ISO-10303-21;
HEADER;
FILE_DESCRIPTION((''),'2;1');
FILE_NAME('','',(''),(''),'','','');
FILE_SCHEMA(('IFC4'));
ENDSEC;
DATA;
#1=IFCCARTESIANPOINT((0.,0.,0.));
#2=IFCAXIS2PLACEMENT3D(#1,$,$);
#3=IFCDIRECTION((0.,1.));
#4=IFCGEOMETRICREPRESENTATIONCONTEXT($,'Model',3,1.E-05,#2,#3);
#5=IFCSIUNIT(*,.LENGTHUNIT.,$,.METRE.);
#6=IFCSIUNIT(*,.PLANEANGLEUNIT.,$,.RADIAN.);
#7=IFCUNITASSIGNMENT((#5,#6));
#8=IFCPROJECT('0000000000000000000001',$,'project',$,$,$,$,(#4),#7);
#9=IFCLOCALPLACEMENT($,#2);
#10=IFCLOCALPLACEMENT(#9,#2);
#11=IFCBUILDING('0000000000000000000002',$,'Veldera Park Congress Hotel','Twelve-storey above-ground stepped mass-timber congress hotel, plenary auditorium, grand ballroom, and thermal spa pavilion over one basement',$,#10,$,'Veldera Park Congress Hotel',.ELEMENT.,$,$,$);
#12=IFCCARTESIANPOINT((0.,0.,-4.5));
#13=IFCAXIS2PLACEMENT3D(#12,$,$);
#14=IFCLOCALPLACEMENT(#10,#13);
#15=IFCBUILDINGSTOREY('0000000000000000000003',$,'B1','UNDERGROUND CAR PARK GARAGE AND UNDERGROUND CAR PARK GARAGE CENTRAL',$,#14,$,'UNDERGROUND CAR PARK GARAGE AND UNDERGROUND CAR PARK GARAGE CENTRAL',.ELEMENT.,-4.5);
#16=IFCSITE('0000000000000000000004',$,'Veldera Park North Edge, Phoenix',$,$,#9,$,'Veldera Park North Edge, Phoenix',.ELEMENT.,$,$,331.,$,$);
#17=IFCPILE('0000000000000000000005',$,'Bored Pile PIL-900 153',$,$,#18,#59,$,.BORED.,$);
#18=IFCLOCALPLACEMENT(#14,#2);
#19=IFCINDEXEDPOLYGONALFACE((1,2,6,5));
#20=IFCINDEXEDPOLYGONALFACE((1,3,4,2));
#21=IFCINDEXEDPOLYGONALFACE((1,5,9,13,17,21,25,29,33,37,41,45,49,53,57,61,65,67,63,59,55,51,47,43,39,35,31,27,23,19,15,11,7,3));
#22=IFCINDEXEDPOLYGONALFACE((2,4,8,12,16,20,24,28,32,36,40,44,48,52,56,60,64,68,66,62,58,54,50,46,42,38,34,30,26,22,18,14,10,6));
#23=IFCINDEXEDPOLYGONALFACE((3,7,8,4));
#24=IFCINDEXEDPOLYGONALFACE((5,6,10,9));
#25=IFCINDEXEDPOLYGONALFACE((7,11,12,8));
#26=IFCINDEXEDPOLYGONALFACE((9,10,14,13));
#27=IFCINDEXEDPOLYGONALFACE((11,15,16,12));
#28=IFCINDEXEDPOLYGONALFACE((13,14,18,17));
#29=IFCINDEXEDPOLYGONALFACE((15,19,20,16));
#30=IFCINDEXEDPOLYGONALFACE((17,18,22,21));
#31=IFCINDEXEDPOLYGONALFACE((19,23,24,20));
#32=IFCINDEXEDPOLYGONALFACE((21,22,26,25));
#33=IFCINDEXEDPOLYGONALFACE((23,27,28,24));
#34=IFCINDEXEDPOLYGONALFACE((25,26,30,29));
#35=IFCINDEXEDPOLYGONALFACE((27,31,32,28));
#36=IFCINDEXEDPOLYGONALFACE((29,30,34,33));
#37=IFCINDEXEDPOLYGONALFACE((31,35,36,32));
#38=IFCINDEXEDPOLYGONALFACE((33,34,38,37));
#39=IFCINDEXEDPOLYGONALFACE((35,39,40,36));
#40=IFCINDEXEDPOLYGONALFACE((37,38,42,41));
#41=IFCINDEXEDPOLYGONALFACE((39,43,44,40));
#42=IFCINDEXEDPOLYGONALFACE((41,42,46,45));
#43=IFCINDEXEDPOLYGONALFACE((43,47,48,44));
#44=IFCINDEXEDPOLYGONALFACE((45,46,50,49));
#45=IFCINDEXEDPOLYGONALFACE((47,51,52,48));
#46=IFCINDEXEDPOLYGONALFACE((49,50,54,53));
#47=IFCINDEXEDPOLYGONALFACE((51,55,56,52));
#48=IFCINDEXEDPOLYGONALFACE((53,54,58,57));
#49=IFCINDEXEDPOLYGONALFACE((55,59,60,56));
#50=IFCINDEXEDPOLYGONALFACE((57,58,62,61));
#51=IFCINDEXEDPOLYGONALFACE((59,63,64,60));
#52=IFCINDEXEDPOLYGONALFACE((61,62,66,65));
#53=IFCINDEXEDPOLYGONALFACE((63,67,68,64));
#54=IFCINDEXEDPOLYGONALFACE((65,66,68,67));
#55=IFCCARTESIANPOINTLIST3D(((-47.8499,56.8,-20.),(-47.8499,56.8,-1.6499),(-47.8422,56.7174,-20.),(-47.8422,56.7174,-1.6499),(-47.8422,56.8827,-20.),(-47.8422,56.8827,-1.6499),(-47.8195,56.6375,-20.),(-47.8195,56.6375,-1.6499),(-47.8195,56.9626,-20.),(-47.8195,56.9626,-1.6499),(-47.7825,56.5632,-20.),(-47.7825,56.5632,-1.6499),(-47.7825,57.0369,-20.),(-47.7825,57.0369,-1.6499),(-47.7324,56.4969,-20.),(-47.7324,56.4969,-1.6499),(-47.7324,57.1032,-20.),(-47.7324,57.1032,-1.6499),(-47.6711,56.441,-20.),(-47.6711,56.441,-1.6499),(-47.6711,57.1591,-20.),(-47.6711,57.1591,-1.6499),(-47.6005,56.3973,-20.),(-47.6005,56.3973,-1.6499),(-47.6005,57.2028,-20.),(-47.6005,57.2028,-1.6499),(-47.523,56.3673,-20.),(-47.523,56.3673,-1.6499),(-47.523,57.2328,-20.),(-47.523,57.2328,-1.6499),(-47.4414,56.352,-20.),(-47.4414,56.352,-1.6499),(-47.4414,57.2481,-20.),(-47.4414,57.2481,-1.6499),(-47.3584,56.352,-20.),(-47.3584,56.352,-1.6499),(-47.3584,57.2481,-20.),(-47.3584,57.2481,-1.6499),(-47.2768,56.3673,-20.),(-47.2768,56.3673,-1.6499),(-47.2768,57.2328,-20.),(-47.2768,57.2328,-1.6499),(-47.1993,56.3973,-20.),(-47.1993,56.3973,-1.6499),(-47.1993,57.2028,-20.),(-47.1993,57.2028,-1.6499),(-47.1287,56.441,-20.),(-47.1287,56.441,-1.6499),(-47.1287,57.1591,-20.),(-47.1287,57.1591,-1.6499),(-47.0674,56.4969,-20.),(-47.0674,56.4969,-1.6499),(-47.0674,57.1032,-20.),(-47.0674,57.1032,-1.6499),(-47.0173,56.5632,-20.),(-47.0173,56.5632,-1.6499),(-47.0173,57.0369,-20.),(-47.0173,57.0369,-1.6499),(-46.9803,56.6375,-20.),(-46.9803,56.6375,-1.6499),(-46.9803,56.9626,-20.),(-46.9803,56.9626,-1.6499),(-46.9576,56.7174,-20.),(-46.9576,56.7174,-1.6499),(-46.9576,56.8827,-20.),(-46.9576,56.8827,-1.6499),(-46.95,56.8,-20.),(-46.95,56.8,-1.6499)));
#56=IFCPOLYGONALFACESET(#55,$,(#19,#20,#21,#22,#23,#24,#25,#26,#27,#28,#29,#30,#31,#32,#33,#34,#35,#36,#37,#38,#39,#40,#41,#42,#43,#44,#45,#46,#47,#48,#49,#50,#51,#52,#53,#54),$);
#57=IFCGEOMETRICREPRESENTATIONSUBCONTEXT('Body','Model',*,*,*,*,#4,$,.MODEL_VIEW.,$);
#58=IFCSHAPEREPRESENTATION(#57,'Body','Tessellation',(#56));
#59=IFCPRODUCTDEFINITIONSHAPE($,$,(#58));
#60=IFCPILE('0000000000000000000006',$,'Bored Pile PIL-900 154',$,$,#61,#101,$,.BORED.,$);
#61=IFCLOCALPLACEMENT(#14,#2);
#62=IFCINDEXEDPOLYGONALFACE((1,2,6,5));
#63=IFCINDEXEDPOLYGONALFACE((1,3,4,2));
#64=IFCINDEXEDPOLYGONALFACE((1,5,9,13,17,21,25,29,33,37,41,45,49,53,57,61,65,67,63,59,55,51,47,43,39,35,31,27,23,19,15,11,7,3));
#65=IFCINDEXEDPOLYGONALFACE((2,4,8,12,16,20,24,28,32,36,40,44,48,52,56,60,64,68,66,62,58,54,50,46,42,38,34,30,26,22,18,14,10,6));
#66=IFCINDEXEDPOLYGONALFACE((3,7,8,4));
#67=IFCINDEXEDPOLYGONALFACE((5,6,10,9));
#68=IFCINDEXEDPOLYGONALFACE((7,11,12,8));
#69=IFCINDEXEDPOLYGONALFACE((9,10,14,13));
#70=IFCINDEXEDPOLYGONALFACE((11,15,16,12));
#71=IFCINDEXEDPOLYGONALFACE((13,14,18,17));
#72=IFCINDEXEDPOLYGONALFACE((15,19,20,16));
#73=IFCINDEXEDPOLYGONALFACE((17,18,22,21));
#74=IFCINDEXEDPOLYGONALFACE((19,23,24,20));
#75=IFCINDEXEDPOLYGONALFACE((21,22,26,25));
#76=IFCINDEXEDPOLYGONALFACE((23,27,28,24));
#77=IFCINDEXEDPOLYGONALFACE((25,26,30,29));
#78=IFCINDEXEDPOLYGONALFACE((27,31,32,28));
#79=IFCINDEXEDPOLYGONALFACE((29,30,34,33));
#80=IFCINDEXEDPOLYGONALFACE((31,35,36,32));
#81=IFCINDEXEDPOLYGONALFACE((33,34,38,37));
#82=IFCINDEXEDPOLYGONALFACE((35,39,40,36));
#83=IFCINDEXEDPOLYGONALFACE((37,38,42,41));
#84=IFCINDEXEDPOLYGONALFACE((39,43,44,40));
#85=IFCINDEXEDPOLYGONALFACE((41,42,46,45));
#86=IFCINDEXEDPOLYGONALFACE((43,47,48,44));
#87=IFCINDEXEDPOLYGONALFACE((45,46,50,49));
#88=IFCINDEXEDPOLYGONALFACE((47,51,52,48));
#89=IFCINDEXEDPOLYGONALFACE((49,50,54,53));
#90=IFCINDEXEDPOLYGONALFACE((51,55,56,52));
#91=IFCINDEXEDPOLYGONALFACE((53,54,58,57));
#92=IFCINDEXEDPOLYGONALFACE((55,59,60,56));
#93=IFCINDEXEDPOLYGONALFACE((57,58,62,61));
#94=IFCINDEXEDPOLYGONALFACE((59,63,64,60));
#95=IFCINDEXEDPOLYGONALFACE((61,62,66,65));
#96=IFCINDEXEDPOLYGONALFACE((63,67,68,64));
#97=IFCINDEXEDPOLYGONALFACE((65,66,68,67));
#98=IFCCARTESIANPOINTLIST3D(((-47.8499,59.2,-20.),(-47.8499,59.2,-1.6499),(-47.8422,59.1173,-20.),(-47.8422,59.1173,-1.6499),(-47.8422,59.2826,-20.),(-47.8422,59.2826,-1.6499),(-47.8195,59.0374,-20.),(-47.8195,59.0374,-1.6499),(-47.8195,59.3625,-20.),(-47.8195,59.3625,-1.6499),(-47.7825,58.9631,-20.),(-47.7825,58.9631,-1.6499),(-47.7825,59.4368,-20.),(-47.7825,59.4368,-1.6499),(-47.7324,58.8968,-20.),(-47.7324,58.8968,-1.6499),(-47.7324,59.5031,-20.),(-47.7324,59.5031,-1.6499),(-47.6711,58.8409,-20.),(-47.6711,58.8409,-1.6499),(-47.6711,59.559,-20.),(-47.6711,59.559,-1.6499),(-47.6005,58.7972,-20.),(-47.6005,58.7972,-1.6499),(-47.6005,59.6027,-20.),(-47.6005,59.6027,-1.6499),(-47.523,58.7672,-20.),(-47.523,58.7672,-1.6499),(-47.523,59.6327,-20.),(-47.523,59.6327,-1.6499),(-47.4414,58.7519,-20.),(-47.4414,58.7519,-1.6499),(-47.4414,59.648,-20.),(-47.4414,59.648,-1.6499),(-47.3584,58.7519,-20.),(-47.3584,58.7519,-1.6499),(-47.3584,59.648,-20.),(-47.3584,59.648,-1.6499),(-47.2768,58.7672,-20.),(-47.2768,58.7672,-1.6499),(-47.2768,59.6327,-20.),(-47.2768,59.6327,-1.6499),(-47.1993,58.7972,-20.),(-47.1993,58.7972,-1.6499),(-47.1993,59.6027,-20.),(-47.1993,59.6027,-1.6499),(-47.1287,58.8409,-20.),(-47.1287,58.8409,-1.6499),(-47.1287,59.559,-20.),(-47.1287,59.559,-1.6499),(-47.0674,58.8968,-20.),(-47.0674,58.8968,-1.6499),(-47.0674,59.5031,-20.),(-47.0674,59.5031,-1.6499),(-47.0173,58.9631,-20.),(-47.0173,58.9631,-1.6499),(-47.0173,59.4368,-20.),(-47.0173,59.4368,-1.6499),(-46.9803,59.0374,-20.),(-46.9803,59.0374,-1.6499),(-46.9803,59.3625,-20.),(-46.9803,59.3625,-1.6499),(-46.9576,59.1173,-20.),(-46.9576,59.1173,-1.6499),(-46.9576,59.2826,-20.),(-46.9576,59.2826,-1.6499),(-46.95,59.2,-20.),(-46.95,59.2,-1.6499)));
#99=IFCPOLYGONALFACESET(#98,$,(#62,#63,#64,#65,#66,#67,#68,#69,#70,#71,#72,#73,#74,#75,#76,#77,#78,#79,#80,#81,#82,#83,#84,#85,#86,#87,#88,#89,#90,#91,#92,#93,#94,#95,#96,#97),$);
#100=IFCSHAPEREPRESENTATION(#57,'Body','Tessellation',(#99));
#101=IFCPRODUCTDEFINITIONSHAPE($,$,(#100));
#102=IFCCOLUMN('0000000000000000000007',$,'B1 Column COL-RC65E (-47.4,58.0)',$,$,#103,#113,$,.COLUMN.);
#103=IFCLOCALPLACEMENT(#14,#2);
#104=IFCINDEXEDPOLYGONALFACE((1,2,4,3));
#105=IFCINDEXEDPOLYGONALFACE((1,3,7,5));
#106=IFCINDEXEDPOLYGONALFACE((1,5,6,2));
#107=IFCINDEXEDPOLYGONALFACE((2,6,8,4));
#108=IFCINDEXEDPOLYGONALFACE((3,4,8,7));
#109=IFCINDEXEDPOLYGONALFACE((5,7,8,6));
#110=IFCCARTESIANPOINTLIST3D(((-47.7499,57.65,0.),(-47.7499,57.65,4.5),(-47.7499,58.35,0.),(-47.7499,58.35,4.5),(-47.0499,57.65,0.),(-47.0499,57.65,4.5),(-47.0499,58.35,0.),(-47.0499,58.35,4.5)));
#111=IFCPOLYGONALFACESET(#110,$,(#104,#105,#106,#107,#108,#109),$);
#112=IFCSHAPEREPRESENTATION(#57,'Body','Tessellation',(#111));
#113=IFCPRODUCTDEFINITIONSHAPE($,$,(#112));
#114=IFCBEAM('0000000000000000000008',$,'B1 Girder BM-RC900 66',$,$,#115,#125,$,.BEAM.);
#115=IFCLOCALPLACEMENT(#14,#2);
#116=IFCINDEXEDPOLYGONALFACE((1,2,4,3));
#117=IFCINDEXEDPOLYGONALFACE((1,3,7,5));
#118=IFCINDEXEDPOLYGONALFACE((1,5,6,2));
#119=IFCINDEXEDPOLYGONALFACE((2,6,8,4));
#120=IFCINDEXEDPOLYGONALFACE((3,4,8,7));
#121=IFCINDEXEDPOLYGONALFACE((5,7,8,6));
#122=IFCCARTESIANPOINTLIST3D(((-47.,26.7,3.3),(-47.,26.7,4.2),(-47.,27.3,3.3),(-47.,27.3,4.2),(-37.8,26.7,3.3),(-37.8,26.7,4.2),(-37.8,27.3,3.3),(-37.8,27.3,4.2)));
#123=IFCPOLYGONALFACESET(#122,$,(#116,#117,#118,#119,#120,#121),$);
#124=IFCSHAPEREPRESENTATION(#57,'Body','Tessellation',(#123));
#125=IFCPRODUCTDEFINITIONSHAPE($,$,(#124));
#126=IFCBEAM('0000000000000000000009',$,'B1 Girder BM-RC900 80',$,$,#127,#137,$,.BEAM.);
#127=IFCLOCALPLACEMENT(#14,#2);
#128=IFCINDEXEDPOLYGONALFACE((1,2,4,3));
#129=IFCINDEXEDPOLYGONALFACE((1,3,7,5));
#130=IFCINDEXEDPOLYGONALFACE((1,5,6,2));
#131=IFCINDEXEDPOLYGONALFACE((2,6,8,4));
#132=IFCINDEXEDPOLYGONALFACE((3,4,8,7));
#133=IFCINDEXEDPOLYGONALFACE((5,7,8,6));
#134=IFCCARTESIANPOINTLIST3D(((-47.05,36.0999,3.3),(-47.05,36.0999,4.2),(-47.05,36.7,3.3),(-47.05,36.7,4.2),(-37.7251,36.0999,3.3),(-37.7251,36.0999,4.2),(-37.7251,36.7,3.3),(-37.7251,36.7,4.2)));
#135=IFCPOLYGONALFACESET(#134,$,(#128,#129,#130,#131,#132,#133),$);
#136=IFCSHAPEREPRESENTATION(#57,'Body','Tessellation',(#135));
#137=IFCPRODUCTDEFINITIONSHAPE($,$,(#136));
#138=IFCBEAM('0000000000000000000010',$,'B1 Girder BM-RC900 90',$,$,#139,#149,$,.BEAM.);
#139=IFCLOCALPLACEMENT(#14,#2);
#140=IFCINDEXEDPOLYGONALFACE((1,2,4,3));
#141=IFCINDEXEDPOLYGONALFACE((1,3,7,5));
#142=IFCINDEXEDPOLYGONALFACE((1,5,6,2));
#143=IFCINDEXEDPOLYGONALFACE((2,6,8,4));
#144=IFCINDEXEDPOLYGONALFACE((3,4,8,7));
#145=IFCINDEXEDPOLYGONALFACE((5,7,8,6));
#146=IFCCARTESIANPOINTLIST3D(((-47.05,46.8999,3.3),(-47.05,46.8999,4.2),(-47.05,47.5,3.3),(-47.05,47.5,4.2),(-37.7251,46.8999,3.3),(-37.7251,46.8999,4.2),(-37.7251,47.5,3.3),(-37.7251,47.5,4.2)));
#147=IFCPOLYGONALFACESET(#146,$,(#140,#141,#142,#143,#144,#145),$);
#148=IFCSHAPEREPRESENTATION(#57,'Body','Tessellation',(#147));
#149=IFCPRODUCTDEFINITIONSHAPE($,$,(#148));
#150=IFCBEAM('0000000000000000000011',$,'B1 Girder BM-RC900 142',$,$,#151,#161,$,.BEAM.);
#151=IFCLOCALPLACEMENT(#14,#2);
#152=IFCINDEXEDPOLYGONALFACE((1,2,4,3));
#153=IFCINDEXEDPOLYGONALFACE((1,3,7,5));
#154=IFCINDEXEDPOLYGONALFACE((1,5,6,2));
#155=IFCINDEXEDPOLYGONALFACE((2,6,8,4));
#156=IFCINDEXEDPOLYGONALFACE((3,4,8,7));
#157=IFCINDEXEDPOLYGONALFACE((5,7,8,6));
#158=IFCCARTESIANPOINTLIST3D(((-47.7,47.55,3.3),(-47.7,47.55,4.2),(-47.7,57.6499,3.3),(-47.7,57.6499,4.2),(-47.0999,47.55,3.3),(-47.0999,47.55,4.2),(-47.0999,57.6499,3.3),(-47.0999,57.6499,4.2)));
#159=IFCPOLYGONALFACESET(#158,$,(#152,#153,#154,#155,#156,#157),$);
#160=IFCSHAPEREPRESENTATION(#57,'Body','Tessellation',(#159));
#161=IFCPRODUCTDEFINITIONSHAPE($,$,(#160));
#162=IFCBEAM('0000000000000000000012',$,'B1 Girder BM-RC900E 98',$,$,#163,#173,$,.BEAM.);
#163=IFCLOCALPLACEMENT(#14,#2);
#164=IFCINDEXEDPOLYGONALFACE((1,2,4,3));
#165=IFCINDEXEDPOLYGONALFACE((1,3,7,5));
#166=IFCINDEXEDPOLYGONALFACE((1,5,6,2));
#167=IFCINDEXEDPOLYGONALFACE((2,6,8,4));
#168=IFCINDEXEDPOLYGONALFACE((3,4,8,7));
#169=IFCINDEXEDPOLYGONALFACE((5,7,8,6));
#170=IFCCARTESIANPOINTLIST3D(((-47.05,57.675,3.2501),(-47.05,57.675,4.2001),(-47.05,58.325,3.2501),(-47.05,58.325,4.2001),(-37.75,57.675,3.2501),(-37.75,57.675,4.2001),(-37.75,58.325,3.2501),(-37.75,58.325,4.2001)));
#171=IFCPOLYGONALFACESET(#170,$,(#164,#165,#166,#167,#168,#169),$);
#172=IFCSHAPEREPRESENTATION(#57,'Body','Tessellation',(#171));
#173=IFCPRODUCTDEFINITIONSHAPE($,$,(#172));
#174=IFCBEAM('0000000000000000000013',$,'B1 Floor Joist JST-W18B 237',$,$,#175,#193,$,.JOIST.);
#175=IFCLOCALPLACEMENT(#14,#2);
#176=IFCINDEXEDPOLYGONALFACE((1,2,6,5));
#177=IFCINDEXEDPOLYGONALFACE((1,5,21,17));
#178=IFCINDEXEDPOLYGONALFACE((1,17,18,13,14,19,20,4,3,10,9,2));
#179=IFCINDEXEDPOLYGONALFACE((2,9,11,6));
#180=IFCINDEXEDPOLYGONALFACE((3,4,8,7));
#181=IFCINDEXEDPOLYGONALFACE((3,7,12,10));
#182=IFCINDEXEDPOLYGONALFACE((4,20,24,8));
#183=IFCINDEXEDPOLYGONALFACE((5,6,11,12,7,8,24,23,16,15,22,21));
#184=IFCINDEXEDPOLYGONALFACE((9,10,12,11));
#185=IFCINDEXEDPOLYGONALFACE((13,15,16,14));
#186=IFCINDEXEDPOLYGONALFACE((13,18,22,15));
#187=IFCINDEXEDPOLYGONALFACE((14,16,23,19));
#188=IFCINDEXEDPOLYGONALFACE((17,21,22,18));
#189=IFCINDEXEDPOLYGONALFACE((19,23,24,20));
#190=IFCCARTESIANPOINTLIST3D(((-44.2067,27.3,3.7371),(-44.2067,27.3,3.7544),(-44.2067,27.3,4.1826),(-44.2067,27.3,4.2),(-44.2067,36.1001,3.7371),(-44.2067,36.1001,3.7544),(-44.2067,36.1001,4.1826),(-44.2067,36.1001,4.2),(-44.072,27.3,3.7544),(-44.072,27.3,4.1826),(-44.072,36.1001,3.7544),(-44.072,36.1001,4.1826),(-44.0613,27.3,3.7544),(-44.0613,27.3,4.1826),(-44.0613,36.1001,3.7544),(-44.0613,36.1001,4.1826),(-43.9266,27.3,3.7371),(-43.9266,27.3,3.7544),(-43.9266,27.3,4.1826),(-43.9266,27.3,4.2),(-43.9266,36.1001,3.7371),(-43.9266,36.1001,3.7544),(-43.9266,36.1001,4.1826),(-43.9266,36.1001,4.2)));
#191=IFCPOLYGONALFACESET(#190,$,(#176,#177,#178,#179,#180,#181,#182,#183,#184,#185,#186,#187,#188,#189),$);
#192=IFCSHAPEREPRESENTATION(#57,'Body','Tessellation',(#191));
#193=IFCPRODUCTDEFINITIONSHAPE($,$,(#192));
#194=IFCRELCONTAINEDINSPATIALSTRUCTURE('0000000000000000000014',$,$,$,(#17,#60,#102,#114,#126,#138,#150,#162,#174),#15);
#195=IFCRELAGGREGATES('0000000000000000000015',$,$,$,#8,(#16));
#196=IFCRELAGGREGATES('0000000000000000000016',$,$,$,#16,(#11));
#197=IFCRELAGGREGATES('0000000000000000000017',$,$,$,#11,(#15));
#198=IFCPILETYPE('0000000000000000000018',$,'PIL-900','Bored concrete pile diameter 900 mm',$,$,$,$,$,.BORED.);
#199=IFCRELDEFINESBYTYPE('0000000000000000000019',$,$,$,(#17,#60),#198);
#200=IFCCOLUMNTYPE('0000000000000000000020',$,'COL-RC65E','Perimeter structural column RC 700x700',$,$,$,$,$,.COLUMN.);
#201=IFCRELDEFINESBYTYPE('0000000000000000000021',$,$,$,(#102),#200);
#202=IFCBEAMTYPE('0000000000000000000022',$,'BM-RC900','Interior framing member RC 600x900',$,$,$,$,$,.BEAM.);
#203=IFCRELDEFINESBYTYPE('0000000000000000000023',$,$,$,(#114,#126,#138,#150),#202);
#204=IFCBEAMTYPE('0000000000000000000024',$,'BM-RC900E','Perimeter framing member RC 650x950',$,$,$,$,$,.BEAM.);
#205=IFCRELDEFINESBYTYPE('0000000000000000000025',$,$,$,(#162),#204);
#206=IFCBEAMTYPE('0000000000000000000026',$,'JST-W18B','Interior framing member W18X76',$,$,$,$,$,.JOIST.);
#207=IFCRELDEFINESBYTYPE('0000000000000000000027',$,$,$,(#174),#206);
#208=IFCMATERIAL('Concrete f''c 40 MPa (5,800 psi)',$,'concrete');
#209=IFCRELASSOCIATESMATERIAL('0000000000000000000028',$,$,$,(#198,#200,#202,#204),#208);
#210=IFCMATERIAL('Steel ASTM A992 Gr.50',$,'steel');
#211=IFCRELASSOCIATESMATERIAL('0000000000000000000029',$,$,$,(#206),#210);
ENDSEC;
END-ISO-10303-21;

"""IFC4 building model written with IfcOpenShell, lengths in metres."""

from ifc_helpers import new_model, si_unit, direction, frame, origin, origin_2d, place, context, subcontext, project, spatial, rectangle, circle, i_section, extrude, material, material_profile, profile_set, type_object, element, save


model = new_model("IFC4")

# Units and contexts
model_context = context("Model", 3, precision=1e-05, world=origin(), true_north=direction((0.0, 1.0)))
body_context = subcontext(model_context, "Body", "Model", "MODEL_VIEW")
ifc_project = project(units=[si_unit("LENGTHUNIT", "METRE"), si_unit("PLANEANGLEUNIT", "RADIAN")], contexts=[model_context])

# Site, building, storey
site_placement = place(None, origin())
site = spatial("IfcSite", under=ifc_project, at=site_placement, Name="Veldera Park North Edge, Phoenix", LongName="Veldera Park North Edge, Phoenix", CompositionType="ELEMENT", RefElevation=331.0)
building_placement = place(site_placement, origin())
building = spatial("IfcBuilding", under=site, at=building_placement, Name="Veldera Park Congress Hotel", Description="Twelve-storey above-ground stepped mass-timber congress hotel, plenary auditorium, grand ballroom, and thermal spa pavilion over one basement", LongName="Veldera Park Congress Hotel", CompositionType="ELEMENT")
storey_placement = place(building_placement, frame((0.0, 0.0, -4.5)))
storey = spatial("IfcBuildingStorey", under=building, at=storey_placement, Name="B1", Description="UNDERGROUND CAR PARK GARAGE AND UNDERGROUND CAR PARK GARAGE CENTRAL", LongName="UNDERGROUND CAR PARK GARAGE AND UNDERGROUND CAR PARK GARAGE CENTRAL", CompositionType="ELEMENT", Elevation=-4.5)

# Shared definitions
ifc_material_1 = material(Name="Concrete f'c 40 MPa (5,800 psi)", Category="concrete")

# Piles
ifc_material_profile_1 = material_profile(ifc_material_1, circle(Radius=0.45, at=origin_2d()), Name="PILE D900")
ifc_profile_set_1 = profile_set([ifc_material_profile_1], Name="Concrete f'c 40 MPa (5,800 psi)")
pile_type_1 = type_object("IfcPileType", Name="PIL-900", Description="Bored concrete pile diameter 900 mm", PredefinedType="BORED", material=ifc_profile_set_1)
for number, where, z_axis, x_axis, name in (
    (1, (-47.3999, 56.8, -1.6499), (0.0, 0.0, -1.0), (1.0, 0.0, 0.0), "Bored Pile PIL-900 153"),
    (2, (-47.3999, 59.2, -1.6499), (0.0, 0.0, -1.0), (1.0, 0.0, 0.0), "Bored Pile PIL-900 154"),
):
    element("IfcPile", number, at=place(storey_placement, frame(where, z_axis=z_axis, x_axis=x_axis)), inside=storey, type_object=pile_type_1, Name=name, PredefinedType="BORED", context=body_context, shape_type="SweptSolid", body=[
        extrude(circle(Radius=0.45, at=origin_2d()), origin(), (0.0, 0.0, 1.0), 18.3501),
    ])

# Column
ifc_material_profile_2 = material_profile(ifc_material_1, rectangle(XDim=0.7, YDim=0.7, at=origin_2d()), Name="RC 700x700")
ifc_profile_set_2 = profile_set([ifc_material_profile_2], Name="Concrete f'c 40 MPa (5,800 psi)")
column_type = type_object("IfcColumnType", Name="COL-RC65E", Description="Perimeter structural column RC 700x700", PredefinedType="COLUMN", material=ifc_profile_set_2)
column_placement = place(storey_placement, frame((-47.3999, 58.0, 0.0), z_axis=(0.0, 0.0, 1.0), x_axis=(1.0, 0.0, 0.0)))
element("IfcColumn", 3, at=column_placement, inside=storey, type_object=column_type, Name="B1 Column COL-RC65E (-47.4,58.0)", PredefinedType="COLUMN", context=body_context, shape_type="SweptSolid", body=[
    extrude(rectangle(XDim=0.7, YDim=0.7, at=origin_2d()), origin(), (0.0, 0.0, 1.0), 4.5),
])

# Beams
ifc_material_profile_3 = material_profile(ifc_material_1, rectangle(XDim=0.6001, YDim=0.8999, at=origin_2d()), Name="RC 600x900")
ifc_profile_set_3 = profile_set([ifc_material_profile_3], Name="Concrete f'c 40 MPa (5,800 psi)")
beam_type_1 = type_object("IfcBeamType", Name="BM-RC900", Description="Interior framing member RC 600x900", PredefinedType="BEAM", material=ifc_profile_set_3)
beam_1_placement = place(storey_placement, frame((-47.0, 27.0, 3.75), z_axis=(1.0, 0.0, 0.0), x_axis=(0.0, 1.0, 0.0)))
element("IfcBeam", 4, at=beam_1_placement, inside=storey, type_object=beam_type_1, Name="B1 Girder BM-RC900 66", PredefinedType="BEAM", context=body_context, shape_type="SweptSolid", body=[
    extrude(rectangle(XDim=0.6001, YDim=0.8999, at=origin_2d()), origin(), (0.0, 0.0, 1.0), 9.2),
])
for number, where, z_axis, x_axis, name in (
    (5, (-47.05, 36.3999, 3.75), (1.0, 0.0, 0.0), (0.0, 1.0, 0.0), "B1 Girder BM-RC900 80"),
    (6, (-47.05, 47.2, 3.75), (1.0, 0.0, 0.0), (0.0, 1.0, 0.0), "B1 Girder BM-RC900 90"),
):
    element("IfcBeam", number, at=place(storey_placement, frame(where, z_axis=z_axis, x_axis=x_axis)), inside=storey, type_object=beam_type_1, Name=name, PredefinedType="BEAM", context=body_context, shape_type="SweptSolid", body=[
        extrude(rectangle(XDim=0.6001, YDim=0.8999, at=origin_2d()), origin(), (0.0, 0.0, 1.0), 9.325),
    ])
beam_2_placement = place(storey_placement, frame((-47.3999, 47.55, 3.75), z_axis=(0.0, 1.0, 0.0), x_axis=(-1.0, 0.0, 0.0)))
element("IfcBeam", 7, at=beam_2_placement, inside=storey, type_object=beam_type_1, Name="B1 Girder BM-RC900 142", PredefinedType="BEAM", context=body_context, shape_type="SweptSolid", body=[
    extrude(rectangle(XDim=0.6001, YDim=0.8999, at=origin_2d()), origin(), (0.0, 0.0, 1.0), 10.0999),
])
ifc_material_profile_4 = material_profile(ifc_material_1, rectangle(XDim=0.6499, YDim=0.95, at=origin_2d()), Name="RC 650x950")
ifc_profile_set_4 = profile_set([ifc_material_profile_4], Name="Concrete f'c 40 MPa (5,800 psi)")
beam_type_2 = type_object("IfcBeamType", Name="BM-RC900E", Description="Perimeter framing member RC 650x950", PredefinedType="BEAM", material=ifc_profile_set_4)
beam_3_placement = place(storey_placement, frame((-47.05, 58.0, 3.7251), z_axis=(1.0, 0.0, 0.0), x_axis=(0.0, 1.0, 0.0)))
element("IfcBeam", 8, at=beam_3_placement, inside=storey, type_object=beam_type_2, Name="B1 Girder BM-RC900E 98", PredefinedType="BEAM", context=body_context, shape_type="SweptSolid", body=[
    extrude(rectangle(XDim=0.6499, YDim=0.95, at=origin_2d()), origin(), (0.0, 0.0, 1.0), 9.3),
])
ifc_material_2 = material(Name="Steel ASTM A992 Gr.50", Category="steel")
ifc_material_profile_5 = material_profile(ifc_material_2, i_section(OverallWidth=0.28, OverallDepth=0.4629, WebThickness=0.0107, FlangeThickness=0.0173, at=origin_2d()), Name="W18X76")
ifc_profile_set_5 = profile_set([ifc_material_profile_5], Name="Steel ASTM A992 Gr.50")
beam_type_3 = type_object("IfcBeamType", Name="JST-W18B", Description="Interior framing member W18X76", PredefinedType="JOIST", material=ifc_profile_set_5)
for number, where, z_axis, x_axis, name in (
    (9, (-44.0667, 27.3, 3.9685), (0.0, 1.0, 0.0), (-1.0, 0.0, 0.0), "B1 Floor Joist JST-W18B 237"),
):
    element("IfcBeam", number, at=place(storey_placement, frame(where, z_axis=z_axis, x_axis=x_axis)), inside=storey, type_object=beam_type_3, Name=name, PredefinedType="JOIST", context=body_context, shape_type="SweptSolid", body=[
        extrude(i_section(OverallWidth=0.28, OverallDepth=0.4629, WebThickness=0.0107, FlangeThickness=0.0173, at=origin_2d()), origin(), (0.0, 0.0, 1.0), 8.8),
    ])

save(model, "model.ifc")
